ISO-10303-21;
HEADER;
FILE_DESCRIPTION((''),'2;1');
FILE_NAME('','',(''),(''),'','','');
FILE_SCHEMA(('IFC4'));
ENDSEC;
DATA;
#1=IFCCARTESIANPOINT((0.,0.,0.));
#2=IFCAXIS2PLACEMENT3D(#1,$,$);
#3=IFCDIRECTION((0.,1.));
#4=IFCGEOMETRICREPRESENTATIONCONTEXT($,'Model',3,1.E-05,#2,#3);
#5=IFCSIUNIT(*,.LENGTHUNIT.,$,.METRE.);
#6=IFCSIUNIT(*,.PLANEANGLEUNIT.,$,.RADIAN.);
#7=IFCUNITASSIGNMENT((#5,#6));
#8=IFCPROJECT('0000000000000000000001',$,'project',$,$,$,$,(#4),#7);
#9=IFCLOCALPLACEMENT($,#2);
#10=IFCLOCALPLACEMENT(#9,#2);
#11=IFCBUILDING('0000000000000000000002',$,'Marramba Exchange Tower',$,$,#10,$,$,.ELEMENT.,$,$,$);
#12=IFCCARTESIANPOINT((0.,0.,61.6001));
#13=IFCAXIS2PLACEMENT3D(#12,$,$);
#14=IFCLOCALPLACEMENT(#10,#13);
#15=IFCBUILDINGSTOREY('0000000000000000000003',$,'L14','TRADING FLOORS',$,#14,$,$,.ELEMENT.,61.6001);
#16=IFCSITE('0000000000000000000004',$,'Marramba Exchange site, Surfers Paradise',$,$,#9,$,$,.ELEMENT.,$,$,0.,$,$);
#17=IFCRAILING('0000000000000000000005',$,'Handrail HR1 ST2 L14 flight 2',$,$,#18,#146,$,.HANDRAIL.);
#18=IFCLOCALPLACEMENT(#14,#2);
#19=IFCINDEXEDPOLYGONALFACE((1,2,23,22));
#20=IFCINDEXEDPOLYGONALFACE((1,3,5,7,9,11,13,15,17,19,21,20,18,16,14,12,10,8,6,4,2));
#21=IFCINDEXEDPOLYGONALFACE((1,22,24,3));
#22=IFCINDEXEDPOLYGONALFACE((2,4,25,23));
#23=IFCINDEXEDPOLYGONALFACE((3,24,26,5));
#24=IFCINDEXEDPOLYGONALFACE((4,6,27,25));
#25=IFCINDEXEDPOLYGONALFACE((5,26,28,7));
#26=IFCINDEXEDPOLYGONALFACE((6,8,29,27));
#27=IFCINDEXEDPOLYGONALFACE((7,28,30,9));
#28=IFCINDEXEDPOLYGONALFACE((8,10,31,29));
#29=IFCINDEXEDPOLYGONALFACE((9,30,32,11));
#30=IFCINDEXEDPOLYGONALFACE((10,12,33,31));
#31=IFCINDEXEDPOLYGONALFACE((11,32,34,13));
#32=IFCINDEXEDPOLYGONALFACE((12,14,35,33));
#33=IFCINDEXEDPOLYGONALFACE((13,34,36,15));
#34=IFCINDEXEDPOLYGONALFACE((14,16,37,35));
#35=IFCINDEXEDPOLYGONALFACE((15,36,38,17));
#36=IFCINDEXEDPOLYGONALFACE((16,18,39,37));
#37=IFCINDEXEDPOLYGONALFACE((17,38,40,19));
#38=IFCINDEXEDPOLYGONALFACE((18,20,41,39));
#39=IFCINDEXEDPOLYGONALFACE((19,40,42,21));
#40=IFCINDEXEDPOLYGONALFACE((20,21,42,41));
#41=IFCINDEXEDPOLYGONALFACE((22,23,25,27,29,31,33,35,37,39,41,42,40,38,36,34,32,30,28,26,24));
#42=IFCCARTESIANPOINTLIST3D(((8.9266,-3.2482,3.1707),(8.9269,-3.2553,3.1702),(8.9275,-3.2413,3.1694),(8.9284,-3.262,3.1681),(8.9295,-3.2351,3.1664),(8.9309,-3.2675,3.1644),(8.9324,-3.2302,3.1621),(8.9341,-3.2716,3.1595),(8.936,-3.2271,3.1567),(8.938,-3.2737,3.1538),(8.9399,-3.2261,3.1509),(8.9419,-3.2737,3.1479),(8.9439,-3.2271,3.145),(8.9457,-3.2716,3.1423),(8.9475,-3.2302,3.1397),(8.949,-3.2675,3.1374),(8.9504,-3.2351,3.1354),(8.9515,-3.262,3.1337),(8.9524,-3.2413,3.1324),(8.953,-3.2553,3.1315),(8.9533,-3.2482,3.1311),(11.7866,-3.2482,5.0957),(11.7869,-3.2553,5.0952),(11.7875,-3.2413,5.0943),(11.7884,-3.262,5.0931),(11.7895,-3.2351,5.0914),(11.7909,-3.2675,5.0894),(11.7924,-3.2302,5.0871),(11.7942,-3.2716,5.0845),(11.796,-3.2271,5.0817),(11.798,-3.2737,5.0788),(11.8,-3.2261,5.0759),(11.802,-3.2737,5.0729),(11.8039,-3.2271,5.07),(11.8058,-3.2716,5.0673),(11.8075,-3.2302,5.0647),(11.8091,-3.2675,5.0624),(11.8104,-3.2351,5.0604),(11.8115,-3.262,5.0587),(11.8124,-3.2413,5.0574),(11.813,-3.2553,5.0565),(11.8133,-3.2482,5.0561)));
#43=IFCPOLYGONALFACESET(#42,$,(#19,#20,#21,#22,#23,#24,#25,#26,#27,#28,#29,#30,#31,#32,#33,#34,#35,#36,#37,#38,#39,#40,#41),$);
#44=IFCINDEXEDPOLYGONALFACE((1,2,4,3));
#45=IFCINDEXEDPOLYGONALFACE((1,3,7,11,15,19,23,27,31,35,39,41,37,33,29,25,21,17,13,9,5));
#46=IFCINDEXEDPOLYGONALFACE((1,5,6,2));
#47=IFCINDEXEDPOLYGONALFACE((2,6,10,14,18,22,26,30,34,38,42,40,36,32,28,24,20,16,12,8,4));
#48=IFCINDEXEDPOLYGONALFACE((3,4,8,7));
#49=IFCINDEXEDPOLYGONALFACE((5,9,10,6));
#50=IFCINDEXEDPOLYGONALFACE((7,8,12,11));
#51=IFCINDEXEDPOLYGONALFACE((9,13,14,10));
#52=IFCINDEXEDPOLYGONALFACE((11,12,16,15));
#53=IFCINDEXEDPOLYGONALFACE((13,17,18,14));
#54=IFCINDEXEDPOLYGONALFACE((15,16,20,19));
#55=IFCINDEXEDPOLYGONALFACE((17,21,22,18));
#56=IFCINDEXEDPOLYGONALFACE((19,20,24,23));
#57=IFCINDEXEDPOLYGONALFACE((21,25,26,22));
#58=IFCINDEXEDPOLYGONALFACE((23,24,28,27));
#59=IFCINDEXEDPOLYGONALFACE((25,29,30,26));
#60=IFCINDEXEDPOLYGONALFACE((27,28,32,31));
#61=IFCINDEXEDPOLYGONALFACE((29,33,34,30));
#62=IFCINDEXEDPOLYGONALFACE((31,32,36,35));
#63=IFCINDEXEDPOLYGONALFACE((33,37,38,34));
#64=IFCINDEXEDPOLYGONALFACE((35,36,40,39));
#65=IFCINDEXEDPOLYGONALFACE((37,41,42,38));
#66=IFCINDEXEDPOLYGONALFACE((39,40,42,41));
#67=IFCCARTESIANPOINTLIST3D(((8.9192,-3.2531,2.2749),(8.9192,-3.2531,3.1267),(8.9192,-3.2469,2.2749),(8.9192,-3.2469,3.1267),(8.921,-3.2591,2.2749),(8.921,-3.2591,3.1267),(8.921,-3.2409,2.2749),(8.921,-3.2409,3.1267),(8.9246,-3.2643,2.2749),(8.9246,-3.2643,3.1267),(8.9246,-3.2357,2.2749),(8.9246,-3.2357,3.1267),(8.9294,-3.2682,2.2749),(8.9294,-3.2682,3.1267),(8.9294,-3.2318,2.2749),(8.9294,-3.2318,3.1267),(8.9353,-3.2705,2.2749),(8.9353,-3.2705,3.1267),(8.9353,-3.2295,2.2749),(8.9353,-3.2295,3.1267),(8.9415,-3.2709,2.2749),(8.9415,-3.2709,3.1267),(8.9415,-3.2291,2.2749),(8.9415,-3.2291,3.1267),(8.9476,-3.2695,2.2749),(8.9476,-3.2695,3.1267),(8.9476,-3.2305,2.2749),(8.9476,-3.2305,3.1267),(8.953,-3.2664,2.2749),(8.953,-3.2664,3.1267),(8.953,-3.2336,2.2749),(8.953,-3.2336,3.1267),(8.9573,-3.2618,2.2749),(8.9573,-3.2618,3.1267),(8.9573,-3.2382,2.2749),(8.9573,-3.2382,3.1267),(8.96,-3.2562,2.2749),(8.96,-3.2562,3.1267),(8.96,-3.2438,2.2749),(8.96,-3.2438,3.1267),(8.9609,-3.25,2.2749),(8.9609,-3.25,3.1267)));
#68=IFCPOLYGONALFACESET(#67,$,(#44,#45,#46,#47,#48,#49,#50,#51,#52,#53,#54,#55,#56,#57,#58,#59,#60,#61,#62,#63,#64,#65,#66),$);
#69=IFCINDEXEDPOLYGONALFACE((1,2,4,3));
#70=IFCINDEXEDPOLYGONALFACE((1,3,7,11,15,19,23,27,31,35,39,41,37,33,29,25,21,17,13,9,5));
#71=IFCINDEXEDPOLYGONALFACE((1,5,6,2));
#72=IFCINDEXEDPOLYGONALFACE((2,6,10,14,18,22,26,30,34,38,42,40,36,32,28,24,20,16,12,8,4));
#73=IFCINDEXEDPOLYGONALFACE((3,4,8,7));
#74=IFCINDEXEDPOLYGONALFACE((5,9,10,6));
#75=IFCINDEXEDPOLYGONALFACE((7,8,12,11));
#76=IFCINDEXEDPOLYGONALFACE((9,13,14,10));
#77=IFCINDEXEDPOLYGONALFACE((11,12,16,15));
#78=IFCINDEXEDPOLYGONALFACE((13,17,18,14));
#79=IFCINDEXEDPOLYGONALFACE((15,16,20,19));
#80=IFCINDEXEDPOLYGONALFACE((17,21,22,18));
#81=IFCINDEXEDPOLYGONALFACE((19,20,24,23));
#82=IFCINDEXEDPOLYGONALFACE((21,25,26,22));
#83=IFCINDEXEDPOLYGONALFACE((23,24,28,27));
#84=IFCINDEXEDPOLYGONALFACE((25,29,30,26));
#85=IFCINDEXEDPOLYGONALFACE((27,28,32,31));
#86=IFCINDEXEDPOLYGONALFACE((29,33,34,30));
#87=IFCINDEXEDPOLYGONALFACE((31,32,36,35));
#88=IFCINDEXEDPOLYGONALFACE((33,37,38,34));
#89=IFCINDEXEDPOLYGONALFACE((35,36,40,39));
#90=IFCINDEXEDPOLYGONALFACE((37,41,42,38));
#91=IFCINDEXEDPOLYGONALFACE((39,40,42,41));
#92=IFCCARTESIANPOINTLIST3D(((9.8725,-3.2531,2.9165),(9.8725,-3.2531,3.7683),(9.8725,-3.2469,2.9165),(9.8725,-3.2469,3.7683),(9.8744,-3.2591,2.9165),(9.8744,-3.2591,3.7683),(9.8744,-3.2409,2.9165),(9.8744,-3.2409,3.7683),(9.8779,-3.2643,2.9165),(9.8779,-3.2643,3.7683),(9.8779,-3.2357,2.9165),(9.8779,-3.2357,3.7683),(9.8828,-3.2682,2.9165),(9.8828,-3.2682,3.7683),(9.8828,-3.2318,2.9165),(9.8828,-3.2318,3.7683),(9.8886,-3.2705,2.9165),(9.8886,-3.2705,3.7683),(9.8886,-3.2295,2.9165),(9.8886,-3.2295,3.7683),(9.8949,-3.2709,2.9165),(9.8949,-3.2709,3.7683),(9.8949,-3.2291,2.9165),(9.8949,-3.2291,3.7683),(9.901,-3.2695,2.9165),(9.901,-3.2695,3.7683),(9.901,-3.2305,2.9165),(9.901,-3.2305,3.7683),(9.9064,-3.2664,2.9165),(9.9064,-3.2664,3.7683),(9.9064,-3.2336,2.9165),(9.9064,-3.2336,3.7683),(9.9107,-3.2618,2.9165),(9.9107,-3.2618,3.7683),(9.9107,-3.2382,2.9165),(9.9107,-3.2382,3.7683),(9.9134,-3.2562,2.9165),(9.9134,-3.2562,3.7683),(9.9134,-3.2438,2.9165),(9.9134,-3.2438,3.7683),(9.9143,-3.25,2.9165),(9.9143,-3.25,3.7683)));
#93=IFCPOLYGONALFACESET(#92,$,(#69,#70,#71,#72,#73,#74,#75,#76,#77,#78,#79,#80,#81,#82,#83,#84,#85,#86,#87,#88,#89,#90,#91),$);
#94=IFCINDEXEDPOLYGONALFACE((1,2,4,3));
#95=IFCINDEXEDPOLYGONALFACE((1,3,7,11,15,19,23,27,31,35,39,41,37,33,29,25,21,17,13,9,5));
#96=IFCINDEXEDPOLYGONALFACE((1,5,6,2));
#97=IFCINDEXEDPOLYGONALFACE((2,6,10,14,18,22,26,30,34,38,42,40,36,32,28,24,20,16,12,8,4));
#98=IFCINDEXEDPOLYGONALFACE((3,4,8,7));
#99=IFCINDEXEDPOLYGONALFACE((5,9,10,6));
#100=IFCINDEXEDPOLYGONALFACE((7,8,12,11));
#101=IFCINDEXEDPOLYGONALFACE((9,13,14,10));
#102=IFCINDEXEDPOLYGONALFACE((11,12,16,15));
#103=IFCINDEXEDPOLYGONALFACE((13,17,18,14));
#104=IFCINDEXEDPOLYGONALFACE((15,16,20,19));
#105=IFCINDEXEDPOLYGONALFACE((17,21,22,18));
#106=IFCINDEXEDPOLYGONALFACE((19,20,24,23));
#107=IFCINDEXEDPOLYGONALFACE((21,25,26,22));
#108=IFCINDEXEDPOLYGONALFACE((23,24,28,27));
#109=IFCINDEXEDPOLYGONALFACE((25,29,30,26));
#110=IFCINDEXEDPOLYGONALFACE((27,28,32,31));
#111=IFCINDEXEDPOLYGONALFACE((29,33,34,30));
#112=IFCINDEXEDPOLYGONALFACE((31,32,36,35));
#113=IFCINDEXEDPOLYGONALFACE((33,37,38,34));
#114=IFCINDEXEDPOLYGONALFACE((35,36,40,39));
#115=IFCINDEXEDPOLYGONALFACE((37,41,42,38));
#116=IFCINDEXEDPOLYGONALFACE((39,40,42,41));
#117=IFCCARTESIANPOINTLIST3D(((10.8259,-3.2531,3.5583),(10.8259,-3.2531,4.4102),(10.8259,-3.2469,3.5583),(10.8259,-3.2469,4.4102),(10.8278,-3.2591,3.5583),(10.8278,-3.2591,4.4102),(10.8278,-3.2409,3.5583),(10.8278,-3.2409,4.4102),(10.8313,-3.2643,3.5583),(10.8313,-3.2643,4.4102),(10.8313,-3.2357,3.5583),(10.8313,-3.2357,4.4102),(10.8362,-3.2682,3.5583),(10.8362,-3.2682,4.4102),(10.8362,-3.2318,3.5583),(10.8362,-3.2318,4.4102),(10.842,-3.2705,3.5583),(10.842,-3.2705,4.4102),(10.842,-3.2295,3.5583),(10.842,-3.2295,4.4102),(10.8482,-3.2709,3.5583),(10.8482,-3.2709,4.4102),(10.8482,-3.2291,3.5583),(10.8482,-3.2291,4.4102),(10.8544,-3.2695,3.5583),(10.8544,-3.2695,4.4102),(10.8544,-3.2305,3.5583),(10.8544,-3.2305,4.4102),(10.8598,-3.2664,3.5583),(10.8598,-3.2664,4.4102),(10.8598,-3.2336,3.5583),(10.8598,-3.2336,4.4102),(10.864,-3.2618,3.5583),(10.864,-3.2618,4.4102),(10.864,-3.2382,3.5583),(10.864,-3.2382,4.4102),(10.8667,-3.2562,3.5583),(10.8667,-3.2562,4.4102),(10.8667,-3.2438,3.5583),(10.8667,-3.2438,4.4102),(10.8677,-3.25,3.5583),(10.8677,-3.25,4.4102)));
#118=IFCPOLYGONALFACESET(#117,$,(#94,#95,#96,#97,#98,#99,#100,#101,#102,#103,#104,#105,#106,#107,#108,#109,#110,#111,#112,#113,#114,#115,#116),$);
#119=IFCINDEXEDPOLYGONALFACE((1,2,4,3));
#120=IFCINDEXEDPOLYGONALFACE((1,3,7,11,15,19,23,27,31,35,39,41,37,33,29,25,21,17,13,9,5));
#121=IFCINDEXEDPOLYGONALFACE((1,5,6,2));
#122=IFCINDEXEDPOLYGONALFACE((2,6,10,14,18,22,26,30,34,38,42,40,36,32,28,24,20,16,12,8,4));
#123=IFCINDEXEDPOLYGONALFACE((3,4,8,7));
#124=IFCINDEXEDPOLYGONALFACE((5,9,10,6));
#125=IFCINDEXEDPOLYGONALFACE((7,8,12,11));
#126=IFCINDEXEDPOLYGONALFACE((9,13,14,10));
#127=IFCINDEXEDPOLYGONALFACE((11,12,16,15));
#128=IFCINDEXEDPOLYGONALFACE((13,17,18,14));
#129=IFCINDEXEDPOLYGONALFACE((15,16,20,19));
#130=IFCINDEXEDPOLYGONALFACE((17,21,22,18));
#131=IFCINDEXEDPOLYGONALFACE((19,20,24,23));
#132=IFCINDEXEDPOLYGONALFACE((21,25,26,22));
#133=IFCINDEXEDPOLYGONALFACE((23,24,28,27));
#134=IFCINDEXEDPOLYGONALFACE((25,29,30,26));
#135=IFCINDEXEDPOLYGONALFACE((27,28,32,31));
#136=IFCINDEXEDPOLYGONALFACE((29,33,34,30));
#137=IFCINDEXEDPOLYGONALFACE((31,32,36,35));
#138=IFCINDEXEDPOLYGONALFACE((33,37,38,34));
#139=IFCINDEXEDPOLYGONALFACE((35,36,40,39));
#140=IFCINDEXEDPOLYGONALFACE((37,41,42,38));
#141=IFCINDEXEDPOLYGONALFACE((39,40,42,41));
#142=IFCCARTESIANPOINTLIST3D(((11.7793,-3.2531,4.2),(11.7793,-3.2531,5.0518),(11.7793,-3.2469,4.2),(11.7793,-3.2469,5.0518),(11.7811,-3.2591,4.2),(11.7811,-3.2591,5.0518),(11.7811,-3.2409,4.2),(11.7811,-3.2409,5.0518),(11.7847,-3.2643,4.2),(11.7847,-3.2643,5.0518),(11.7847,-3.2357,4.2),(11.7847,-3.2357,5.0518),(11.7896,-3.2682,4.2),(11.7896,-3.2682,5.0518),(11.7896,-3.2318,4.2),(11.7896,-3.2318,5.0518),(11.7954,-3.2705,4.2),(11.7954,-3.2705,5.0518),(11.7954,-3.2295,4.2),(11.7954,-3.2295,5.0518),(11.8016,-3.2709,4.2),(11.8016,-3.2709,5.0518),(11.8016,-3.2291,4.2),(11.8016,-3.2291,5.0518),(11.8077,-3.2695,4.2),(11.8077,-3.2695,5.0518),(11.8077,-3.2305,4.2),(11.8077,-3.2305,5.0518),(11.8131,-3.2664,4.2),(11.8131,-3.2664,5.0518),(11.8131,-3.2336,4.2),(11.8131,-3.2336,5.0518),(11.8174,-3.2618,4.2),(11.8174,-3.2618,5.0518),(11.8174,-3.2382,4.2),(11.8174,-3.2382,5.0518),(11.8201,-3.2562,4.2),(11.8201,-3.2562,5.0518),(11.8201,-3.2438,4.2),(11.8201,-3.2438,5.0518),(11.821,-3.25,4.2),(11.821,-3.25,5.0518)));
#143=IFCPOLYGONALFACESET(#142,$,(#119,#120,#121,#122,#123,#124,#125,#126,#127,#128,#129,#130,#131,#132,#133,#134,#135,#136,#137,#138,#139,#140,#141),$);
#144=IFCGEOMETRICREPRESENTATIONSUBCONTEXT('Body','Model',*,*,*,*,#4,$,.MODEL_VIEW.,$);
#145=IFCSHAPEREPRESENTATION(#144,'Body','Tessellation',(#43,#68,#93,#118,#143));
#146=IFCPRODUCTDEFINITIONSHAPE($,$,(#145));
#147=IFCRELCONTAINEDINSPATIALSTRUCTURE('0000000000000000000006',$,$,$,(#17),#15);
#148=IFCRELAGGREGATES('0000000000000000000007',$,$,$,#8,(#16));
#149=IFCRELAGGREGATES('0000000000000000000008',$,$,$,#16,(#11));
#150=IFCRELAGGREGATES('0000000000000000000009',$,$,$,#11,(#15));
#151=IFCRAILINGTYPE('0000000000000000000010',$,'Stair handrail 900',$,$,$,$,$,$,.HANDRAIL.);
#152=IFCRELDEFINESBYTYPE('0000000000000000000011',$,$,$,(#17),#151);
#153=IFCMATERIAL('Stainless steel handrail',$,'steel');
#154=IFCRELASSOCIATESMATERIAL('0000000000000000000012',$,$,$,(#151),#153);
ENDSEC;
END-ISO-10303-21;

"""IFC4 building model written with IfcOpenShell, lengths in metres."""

from ifc_helpers import new_model, si_unit, direction, frame, origin, origin_2d, place, context, subcontext, project, spatial, circle, extrude, material, type_object, element, save


model = new_model("IFC4")

# Units and contexts
model_context = context("Model", 3, precision=1e-05, world=origin(), true_north=direction((0.0, 1.0)))
body_context = subcontext(model_context, "Body", "Model", "MODEL_VIEW")
ifc_project = project(units=[si_unit("LENGTHUNIT", "METRE"), si_unit("PLANEANGLEUNIT", "RADIAN")], contexts=[model_context])

# Site, building, storey
site_placement = place(None, origin())
site = spatial("IfcSite", under=ifc_project, at=site_placement, Name="Marramba Exchange site, Surfers Paradise", CompositionType="ELEMENT", RefElevation=0.0)
building_placement = place(site_placement, origin())
building = spatial("IfcBuilding", under=site, at=building_placement, Name="Marramba Exchange Tower", CompositionType="ELEMENT")
storey_placement = place(building_placement, frame((0.0, 0.0, 61.6001)))
storey = spatial("IfcBuildingStorey", under=building, at=storey_placement, Name="L14", Description="TRADING FLOORS", CompositionType="ELEMENT", Elevation=61.6001)

# Railing
ifc_material_1 = material(Name="Stainless steel handrail", Category="steel")
railing_type = type_object("IfcRailingType", Name="Stair handrail 900", PredefinedType="HANDRAIL", material=ifc_material_1)
railing_placement = place(storey_placement, frame((8.9399, -3.25, 2.2749)))
element("IfcRailing", 1, at=railing_placement, inside=storey, type_object=railing_type, Name="Handrail HR1 ST2 L14 flight 2", PredefinedType="HANDRAIL", context=body_context, shape_type="SweptSolid", body=[
    extrude(circle(Radius=0.0239, at=origin_2d()), frame((0.0, 0.0, 0.876), z_axis=(0.829591, 0.0, 0.558372), x_axis=(0.0, 1.0, 0.0)), (0.0, 0.0, 1.0), 3.4475),
    extrude(circle(Radius=0.021, at=origin_2d()), origin(), (0.0, 0.0, 1.0), 0.8518),
    extrude(circle(Radius=0.021, at=origin_2d()), frame((0.9534, 0.0, 0.6416)), (0.0, 0.0, 1.0), 0.8518),
    extrude(circle(Radius=0.021, at=origin_2d()), frame((1.9067, 0.0, 1.2834)), (0.0, 0.0, 1.0), 0.8518),
    extrude(circle(Radius=0.021, at=origin_2d()), frame((2.8601, 0.0, 1.925)), (0.0, 0.0, 1.0), 0.8518),
])

save(model, "model.ifc")
